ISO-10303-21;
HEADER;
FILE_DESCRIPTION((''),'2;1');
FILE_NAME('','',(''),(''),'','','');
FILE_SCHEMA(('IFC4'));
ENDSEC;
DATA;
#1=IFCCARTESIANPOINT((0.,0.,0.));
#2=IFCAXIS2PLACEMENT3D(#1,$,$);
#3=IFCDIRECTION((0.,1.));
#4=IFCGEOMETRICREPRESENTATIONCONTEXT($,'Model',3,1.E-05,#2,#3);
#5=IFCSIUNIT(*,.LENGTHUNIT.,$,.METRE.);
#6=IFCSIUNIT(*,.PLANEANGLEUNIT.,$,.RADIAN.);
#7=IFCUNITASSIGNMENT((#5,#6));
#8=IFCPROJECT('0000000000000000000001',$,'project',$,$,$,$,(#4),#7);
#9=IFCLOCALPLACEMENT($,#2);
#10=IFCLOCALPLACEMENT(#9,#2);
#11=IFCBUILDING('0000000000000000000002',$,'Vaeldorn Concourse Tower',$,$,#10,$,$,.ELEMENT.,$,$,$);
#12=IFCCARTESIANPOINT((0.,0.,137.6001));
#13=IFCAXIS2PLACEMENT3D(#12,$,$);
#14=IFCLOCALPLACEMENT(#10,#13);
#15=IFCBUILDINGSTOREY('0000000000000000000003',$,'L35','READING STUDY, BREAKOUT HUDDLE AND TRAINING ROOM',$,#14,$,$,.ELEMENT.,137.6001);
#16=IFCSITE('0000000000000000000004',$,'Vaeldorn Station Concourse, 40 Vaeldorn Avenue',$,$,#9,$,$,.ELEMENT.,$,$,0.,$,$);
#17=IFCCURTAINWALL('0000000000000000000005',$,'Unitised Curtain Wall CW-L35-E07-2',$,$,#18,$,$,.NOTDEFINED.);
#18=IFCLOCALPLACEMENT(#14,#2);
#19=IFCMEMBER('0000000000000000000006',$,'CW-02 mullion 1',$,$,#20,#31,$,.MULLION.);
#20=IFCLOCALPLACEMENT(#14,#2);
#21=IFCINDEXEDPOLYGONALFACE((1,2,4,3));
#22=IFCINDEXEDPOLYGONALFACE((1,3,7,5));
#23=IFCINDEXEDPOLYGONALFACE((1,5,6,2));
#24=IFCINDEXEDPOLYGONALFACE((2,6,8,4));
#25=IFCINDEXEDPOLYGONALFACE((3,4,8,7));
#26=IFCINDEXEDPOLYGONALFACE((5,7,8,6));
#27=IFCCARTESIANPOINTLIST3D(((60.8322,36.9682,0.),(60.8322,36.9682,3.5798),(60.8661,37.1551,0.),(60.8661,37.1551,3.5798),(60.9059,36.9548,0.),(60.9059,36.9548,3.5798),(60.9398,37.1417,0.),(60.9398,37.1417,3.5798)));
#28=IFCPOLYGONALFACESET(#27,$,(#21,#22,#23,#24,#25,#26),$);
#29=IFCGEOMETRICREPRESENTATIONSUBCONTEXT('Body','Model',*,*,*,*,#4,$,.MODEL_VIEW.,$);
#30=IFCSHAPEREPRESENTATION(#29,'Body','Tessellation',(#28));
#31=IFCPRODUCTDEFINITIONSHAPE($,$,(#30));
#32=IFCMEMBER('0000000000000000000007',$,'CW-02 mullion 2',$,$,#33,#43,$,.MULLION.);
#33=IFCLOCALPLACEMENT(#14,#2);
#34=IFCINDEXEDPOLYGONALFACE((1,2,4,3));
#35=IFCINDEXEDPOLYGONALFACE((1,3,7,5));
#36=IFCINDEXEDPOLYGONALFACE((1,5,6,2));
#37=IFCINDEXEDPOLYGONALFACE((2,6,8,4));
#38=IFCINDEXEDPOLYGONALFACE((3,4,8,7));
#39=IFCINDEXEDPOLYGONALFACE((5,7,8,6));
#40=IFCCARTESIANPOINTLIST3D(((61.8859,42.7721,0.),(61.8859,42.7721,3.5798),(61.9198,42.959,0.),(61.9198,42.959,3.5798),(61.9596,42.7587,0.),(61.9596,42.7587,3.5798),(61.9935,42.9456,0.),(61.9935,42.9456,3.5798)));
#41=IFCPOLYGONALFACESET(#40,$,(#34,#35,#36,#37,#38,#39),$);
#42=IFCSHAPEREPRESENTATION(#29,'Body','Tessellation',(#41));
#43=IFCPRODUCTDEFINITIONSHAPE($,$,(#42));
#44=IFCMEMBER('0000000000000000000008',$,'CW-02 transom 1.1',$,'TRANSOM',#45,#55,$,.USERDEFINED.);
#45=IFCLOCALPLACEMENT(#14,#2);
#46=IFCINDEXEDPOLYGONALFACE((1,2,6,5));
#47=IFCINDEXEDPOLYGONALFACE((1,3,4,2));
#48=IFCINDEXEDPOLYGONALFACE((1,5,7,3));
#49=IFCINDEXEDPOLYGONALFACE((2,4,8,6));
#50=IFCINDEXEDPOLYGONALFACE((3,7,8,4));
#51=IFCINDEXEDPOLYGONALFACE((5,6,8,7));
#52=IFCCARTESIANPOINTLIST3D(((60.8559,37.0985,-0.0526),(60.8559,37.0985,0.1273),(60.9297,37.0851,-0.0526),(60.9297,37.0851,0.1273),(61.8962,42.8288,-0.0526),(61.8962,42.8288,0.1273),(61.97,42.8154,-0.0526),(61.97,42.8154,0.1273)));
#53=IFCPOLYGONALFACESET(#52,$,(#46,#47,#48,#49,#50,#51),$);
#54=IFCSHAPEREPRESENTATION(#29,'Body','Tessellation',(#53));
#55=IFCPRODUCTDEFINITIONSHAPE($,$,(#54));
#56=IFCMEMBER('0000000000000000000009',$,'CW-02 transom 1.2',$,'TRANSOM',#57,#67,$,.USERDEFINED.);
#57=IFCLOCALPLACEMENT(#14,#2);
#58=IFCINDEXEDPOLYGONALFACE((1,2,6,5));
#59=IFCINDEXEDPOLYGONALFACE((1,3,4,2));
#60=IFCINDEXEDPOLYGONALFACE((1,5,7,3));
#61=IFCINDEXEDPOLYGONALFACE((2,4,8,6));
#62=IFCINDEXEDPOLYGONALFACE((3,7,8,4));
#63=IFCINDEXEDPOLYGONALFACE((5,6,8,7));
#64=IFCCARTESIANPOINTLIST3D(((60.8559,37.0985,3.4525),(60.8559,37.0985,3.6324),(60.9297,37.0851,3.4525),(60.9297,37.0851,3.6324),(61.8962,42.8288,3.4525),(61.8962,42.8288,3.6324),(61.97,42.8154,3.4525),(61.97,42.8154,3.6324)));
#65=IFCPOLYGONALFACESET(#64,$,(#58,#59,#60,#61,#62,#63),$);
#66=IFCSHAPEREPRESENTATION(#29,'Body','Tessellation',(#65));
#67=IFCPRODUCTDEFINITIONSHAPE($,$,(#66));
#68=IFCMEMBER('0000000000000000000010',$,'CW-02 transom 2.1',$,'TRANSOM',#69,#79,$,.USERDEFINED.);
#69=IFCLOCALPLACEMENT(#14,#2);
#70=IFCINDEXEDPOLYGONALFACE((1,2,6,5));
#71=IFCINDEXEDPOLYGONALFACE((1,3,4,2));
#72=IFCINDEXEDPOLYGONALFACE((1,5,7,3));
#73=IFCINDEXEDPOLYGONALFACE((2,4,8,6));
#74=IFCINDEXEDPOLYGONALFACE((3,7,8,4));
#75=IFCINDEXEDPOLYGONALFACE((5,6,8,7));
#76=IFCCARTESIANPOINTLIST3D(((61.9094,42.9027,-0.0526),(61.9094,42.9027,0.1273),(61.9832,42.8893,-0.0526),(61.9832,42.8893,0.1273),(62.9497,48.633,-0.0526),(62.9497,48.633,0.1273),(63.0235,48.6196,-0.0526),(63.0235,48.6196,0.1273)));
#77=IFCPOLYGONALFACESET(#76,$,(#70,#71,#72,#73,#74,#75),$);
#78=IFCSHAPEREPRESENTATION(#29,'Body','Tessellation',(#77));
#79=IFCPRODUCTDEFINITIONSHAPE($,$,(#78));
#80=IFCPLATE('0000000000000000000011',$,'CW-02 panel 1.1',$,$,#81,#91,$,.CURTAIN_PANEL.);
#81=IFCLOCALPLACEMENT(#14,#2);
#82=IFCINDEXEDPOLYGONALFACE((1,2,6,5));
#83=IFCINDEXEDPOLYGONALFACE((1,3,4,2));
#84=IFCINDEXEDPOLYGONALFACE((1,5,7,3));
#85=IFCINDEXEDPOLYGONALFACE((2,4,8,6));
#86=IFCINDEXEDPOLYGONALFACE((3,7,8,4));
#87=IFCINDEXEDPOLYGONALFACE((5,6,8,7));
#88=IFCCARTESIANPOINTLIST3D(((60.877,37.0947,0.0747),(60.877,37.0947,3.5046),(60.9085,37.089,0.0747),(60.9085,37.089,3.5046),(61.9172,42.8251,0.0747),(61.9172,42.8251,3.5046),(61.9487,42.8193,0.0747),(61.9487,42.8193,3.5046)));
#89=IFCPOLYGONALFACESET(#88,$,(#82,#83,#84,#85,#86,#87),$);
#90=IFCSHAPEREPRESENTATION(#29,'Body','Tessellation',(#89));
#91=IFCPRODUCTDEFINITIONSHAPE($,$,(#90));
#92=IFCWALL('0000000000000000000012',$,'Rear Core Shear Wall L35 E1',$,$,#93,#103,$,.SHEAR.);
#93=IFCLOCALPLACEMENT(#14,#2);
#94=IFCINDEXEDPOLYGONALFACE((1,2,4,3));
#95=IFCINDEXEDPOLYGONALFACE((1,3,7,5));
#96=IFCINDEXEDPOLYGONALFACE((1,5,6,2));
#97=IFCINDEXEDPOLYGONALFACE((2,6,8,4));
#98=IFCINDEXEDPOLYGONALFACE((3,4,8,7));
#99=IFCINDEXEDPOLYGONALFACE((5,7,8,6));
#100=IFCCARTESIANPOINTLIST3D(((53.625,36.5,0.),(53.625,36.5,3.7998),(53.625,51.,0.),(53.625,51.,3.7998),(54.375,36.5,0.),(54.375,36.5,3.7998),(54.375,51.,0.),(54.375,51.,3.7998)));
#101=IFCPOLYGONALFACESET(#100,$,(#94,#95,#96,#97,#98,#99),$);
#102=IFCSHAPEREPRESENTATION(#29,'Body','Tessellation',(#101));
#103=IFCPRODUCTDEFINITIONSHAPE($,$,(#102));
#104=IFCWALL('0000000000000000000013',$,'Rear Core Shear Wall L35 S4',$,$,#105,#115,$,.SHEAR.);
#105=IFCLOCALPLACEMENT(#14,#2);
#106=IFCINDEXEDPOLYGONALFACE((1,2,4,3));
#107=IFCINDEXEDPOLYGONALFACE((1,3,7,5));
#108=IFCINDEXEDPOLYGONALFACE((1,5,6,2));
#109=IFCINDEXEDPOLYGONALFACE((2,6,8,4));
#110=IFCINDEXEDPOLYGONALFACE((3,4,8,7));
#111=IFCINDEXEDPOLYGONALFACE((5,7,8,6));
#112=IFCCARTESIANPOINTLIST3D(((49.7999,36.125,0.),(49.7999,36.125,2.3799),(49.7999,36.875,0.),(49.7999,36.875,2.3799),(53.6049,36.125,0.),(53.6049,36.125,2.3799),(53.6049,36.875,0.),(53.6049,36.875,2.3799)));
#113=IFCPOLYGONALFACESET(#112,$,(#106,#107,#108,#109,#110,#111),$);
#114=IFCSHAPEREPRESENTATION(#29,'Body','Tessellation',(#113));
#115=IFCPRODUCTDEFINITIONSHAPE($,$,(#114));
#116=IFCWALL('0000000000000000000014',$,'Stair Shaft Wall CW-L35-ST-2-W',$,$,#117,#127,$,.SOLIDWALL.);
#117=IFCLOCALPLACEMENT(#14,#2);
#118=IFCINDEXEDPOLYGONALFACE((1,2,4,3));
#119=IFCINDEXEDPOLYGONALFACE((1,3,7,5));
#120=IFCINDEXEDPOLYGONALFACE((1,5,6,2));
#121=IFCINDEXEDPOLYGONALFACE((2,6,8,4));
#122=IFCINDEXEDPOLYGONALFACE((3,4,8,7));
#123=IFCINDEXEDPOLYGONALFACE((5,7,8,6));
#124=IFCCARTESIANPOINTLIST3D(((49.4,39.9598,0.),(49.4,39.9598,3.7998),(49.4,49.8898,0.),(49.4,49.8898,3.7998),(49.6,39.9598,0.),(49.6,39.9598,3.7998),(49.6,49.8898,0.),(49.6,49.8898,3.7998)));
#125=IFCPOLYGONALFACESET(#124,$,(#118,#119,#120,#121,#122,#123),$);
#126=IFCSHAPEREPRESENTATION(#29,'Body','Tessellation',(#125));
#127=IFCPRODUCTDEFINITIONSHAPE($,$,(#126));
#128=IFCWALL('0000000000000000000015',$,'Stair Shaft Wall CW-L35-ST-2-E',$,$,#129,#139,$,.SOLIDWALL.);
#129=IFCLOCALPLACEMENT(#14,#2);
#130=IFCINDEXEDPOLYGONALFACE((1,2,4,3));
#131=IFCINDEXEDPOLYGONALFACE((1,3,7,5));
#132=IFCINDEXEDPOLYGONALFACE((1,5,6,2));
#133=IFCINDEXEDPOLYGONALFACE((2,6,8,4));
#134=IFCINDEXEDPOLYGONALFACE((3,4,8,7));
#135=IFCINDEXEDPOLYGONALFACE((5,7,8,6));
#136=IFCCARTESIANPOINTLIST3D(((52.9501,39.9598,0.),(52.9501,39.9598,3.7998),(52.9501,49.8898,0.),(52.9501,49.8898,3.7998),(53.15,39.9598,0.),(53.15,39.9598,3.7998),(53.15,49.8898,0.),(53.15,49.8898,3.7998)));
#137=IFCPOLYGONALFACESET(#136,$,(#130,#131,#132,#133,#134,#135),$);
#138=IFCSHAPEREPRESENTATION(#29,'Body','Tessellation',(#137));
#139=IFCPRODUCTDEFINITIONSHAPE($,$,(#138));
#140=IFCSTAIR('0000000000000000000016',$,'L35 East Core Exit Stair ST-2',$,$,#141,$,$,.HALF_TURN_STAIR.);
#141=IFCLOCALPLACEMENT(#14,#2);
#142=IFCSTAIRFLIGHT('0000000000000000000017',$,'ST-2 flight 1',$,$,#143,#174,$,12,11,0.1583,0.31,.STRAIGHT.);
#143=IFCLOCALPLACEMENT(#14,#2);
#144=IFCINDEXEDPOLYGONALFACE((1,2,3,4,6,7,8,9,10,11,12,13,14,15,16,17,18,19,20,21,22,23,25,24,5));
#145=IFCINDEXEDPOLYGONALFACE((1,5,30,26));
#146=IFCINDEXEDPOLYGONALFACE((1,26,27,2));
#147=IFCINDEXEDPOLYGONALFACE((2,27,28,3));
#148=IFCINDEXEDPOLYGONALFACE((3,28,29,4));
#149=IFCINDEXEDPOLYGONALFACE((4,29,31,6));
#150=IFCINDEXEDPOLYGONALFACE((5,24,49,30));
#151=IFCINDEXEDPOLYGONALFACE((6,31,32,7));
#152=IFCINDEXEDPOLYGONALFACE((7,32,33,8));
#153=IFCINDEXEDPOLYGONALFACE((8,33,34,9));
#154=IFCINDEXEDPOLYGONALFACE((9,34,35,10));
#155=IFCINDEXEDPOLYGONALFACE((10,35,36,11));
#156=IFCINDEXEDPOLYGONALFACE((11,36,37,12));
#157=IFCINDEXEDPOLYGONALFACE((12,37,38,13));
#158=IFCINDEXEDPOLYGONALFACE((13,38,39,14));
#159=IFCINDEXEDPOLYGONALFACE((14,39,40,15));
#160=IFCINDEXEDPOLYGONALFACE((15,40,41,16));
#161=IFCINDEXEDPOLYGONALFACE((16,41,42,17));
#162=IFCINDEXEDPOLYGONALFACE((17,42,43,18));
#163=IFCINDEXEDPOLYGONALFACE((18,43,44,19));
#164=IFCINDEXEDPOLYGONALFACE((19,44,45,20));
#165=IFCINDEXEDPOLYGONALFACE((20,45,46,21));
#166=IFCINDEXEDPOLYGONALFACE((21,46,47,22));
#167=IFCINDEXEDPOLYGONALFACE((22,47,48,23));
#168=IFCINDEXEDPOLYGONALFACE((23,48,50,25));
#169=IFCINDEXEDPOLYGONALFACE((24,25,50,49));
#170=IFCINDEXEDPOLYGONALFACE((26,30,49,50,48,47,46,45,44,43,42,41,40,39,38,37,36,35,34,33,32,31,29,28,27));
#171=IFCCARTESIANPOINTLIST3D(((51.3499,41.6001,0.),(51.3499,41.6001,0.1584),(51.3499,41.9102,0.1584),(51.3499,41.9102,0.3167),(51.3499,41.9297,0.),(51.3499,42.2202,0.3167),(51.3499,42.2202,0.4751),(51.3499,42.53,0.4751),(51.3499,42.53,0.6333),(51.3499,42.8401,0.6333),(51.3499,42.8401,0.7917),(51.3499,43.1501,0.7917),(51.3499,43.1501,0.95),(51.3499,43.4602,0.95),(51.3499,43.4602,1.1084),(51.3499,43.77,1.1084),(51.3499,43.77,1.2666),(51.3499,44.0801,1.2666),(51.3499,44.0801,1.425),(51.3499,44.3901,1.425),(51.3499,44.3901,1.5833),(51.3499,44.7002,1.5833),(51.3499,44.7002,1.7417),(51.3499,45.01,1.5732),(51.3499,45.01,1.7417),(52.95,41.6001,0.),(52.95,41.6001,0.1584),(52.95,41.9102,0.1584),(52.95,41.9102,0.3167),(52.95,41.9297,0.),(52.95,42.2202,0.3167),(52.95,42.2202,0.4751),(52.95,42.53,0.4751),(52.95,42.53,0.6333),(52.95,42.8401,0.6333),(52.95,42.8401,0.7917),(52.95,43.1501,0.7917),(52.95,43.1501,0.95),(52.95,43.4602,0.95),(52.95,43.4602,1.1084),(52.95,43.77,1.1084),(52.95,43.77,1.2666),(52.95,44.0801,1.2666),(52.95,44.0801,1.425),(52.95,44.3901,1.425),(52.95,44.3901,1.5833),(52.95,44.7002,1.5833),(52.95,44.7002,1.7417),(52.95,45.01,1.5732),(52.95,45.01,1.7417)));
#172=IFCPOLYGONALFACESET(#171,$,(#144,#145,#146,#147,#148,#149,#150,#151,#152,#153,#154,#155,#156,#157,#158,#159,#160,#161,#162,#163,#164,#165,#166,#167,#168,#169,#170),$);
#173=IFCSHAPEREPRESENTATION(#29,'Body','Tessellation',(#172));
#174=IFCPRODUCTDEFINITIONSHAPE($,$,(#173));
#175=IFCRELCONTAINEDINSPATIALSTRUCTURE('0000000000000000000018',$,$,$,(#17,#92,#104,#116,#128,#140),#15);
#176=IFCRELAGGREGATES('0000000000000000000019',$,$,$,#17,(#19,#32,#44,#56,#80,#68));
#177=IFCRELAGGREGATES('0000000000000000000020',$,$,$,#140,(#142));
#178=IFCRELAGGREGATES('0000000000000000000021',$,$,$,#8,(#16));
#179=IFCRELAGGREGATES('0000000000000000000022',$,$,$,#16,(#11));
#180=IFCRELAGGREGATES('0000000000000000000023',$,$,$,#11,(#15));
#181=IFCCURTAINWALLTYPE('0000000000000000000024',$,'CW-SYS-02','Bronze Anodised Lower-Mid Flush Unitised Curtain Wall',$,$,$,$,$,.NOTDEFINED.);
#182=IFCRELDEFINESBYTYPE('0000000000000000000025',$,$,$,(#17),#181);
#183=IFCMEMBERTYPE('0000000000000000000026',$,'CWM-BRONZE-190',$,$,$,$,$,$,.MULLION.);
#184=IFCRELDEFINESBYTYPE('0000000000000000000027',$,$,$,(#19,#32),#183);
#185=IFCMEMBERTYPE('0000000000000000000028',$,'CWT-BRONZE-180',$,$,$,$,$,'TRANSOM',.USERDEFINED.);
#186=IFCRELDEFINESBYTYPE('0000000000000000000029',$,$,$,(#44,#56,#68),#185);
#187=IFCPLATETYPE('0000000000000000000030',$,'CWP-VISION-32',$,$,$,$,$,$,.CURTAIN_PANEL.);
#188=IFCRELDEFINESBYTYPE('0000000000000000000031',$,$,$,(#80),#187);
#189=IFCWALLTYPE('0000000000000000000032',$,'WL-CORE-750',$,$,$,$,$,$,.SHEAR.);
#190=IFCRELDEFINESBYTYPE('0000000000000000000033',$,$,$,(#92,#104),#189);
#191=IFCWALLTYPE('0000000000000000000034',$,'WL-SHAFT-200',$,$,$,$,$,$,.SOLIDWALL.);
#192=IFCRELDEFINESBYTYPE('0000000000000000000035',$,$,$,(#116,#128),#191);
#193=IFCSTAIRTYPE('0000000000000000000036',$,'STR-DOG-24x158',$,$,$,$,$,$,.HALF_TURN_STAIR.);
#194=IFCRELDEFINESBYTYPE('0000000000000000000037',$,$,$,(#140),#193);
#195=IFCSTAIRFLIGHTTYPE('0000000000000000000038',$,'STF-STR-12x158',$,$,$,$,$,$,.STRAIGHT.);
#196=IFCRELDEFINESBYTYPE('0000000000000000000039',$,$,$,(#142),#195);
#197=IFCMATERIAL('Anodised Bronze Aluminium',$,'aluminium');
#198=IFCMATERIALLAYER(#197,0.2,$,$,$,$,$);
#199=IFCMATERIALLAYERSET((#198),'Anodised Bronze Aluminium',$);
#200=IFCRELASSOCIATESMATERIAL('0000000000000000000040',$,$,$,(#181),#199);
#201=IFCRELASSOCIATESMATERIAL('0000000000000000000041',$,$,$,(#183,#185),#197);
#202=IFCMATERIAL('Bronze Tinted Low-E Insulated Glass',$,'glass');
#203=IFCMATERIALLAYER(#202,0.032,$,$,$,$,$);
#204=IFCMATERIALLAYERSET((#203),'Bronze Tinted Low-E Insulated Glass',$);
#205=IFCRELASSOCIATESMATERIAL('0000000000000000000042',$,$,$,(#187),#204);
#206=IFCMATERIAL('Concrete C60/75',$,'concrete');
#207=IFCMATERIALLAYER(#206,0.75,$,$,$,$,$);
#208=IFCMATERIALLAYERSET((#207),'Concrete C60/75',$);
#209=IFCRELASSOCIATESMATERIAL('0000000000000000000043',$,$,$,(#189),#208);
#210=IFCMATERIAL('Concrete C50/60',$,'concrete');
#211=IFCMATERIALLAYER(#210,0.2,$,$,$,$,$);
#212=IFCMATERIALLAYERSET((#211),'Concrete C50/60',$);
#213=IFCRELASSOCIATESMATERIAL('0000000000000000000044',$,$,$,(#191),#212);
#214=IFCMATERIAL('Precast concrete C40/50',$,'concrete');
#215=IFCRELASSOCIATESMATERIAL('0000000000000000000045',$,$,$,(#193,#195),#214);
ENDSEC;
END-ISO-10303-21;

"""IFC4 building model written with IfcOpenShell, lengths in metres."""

from ifc_helpers import new_model, si_unit, direction, frame, frame_2d, origin, origin_2d, place, context, subcontext, project, spatial, polyline, rectangle, outline, extrude, source, transform, mapped, material, layer, layer_set, material_profile, profile_set, type_object, element, aggregate, save


model = new_model("IFC4")

# Units and contexts
model_context = context("Model", 3, precision=1e-05, world=origin(), true_north=direction((0.0, 1.0)))
body_context = subcontext(model_context, "Body", "Model", "MODEL_VIEW")
ifc_project = project(units=[si_unit("LENGTHUNIT", "METRE"), si_unit("PLANEANGLEUNIT", "RADIAN")], contexts=[model_context])

# Site, building, storey
site_placement = place(None, origin())
site = spatial("IfcSite", under=ifc_project, at=site_placement, Name="Vaeldorn Station Concourse, 40 Vaeldorn Avenue", CompositionType="ELEMENT", RefElevation=0.0)
building_placement = place(site_placement, origin())
building = spatial("IfcBuilding", under=site, at=building_placement, Name="Vaeldorn Concourse Tower", CompositionType="ELEMENT")
storey_placement = place(building_placement, frame((0.0, 0.0, 137.6001)))
storey = spatial("IfcBuildingStorey", under=building, at=storey_placement, Name="L35", Description="READING STUDY, BREAKOUT HUDDLE AND TRAINING ROOM", CompositionType="ELEMENT", Elevation=137.6001)

# Shared definitions
ifc_material_1 = material(Name="Concrete C50/60", Category="concrete")

# Curtain wall, members, plate
ifc_material_2 = material(Name="Anodised Bronze Aluminium", Category="aluminium")
ifc_layer_1 = layer(ifc_material_2, 0.2)
ifc_layer_set_1 = layer_set([ifc_layer_1], Name="Anodised Bronze Aluminium")
curtain_wall_type = type_object("IfcCurtainWallType", Name="CW-SYS-02", Description="Bronze Anodised Lower-Mid Flush Unitised Curtain Wall", PredefinedType="NOTDEFINED", material=ifc_layer_set_1)
curtain_wall_placement = place(storey_placement, origin())
curtain_wall = element("IfcCurtainWall", 1, at=curtain_wall_placement, inside=storey, type_object=curtain_wall_type, Name="Unitised Curtain Wall CW-L35-E07-2", PredefinedType="NOTDEFINED")
ifc_material_profile_1 = material_profile(ifc_material_2, rectangle(XDim=0.075, YDim=0.1899, at=origin_2d()), Name="CWM 75x190")
ifc_profile_set_1 = profile_set([ifc_material_profile_1], Name="Anodised Bronze Aluminium")
member_type_1 = type_object("IfcMemberType", Name="CWM-BRONZE-190", PredefinedType="MULLION", material=ifc_profile_set_1)
shared_shape_1 = source(origin(), body_context, "Body", "SweptSolid", [
    extrude(rectangle(XDim=0.075, YDim=0.1899, at=origin_2d()), origin(), (0.0, 0.0, 1.0), 3.5798),
])
member_1_placement = place(storey_placement, frame((60.886, 37.0549, 0.0), z_axis=(0.0, 0.0, 1.0), x_axis=(-0.98392, 0.178608, 0.0)))
member_1 = element("IfcMember", 2, at=member_1_placement, type_object=member_type_1, Name="CW-02 mullion 1", PredefinedType="MULLION", context=body_context, shape_type="MappedRepresentation", body=[
    mapped(shared_shape_1, transform((0.0, 0.0, 0.0), scale=1.0)),
])
member_2_placement = place(storey_placement, frame((61.9397, 42.8589, 0.0), z_axis=(0.0, 0.0, 1.0), x_axis=(-0.98392, 0.178608, 0.0)))
member_2 = element("IfcMember", 3, at=member_2_placement, type_object=member_type_1, Name="CW-02 mullion 2", PredefinedType="MULLION", context=body_context, shape_type="MappedRepresentation", body=[
    mapped(shared_shape_1, transform((0.0, 0.0, 0.0), scale=1.0)),
])
ifc_material_profile_2 = material_profile(ifc_material_2, rectangle(XDim=0.075, YDim=0.1799, at=origin_2d()), Name="CWT 75x180")
ifc_profile_set_2 = profile_set([ifc_material_profile_2], Name="Anodised Bronze Aluminium")
member_type_2 = type_object("IfcMemberType", Name="CWT-BRONZE-180", ElementType="TRANSOM", PredefinedType="USERDEFINED", material=ifc_profile_set_2)
shared_shape_2 = source(origin(), body_context, "Body", "SweptSolid", [
    extrude(rectangle(XDim=0.075, YDim=0.1799, at=origin_2d()), origin(), (0.0, 0.0, 1.0), 5.824),
])
member_3_placement = place(storey_placement, frame((60.8928, 37.0918, 0.0374), z_axis=(0.178624, 0.983917, 0.0), x_axis=(-0.983917, 0.178624, 0.0)))
member_3 = element("IfcMember", 4, at=member_3_placement, type_object=member_type_2, Name="CW-02 transom 1.1", ObjectType="TRANSOM", PredefinedType="USERDEFINED", context=body_context, shape_type="MappedRepresentation", body=[
    mapped(shared_shape_2, transform((0.0, 0.0, 0.0), scale=1.0)),
])
member_4_placement = place(storey_placement, frame((60.8928, 37.0918, 3.5425), z_axis=(0.178624, 0.983917, 0.0), x_axis=(-0.983917, 0.178624, 0.0)))
member_4 = element("IfcMember", 5, at=member_4_placement, type_object=member_type_2, Name="CW-02 transom 1.2", ObjectType="TRANSOM", PredefinedType="USERDEFINED", context=body_context, shape_type="MappedRepresentation", body=[
    mapped(shared_shape_2, transform((0.0, 0.0, 0.0), scale=1.0)),
])
member_5_placement = place(storey_placement, frame((61.9463, 42.896, 0.0374), z_axis=(0.178624, 0.983917, 0.0), x_axis=(-0.983917, 0.178624, 0.0)))
member_5 = element("IfcMember", 6, at=member_5_placement, type_object=member_type_2, Name="CW-02 transom 2.1", ObjectType="TRANSOM", PredefinedType="USERDEFINED", context=body_context, shape_type="MappedRepresentation", body=[
    mapped(shared_shape_2, transform((0.0, 0.0, 0.0), scale=1.0)),
])
ifc_material_3 = material(Name="Bronze Tinted Low-E Insulated Glass", Category="glass")
ifc_layer_2 = layer(ifc_material_3, 0.032)
ifc_layer_set_2 = layer_set([ifc_layer_2], Name="Bronze Tinted Low-E Insulated Glass")
plate_type = type_object("IfcPlateType", Name="CWP-VISION-32", PredefinedType="CURTAIN_PANEL", material=ifc_layer_set_2)
shared_shape_3 = source(origin(), body_context, "Body", "SweptSolid", [
    extrude(rectangle(XDim=5.824, YDim=0.032, at=origin_2d()), origin(), (0.0, 0.0, 1.0), 3.4299),
])
plate_placement = place(storey_placement, frame((61.4128, 39.957, 0.0747), z_axis=(0.0, 0.0, 1.0), x_axis=(0.178608, 0.98392, 0.0)))
plate = element("IfcPlate", 7, at=plate_placement, type_object=plate_type, Name="CW-02 panel 1.1", PredefinedType="CURTAIN_PANEL", context=body_context, shape_type="MappedRepresentation", body=[
    mapped(shared_shape_3, transform((0.0, 0.0, 0.0), scale=1.0)),
])
aggregate(curtain_wall, [member_1, member_2, member_3, member_4, plate, member_5])

# Walls
ifc_material_4 = material(Name="Concrete C60/75", Category="concrete")
ifc_layer_3 = layer(ifc_material_4, 0.75)
ifc_layer_set_3 = layer_set([ifc_layer_3], Name="Concrete C60/75")
wall_type_1 = type_object("IfcWallType", Name="WL-CORE-750", PredefinedType="SHEAR", material=ifc_layer_set_3)
wall_1_placement = place(storey_placement, frame((54.0, 36.5, 0.0), z_axis=(0.0, 0.0, 1.0), x_axis=(0.0, 1.0, 0.0)))
element("IfcWall", 8, at=wall_1_placement, inside=storey, type_object=wall_type_1, Name="Rear Core Shear Wall L35 E1", PredefinedType="SHEAR", context=body_context, shape_type="SweptSolid", body=[
    extrude(rectangle(XDim=14.5, YDim=0.75, at=frame_2d((7.25, 0.0))), origin(), (0.0, 0.0, 1.0), 3.7998),
])
wall_2_placement = place(storey_placement, frame((49.8, 36.5, 0.0), z_axis=(0.0, 0.0, 1.0), x_axis=(1.0, 0.0, 0.0)))
element("IfcWall", 9, at=wall_2_placement, inside=storey, type_object=wall_type_1, Name="Rear Core Shear Wall L35 S4", PredefinedType="SHEAR", context=body_context, shape_type="SweptSolid", body=[
    extrude(rectangle(XDim=3.8049, YDim=0.75, at=frame_2d((1.9023, 0.0))), origin(), (0.0, 0.0, 1.0), 2.3799),
])

# Shared definitions
ifc_layer_4 = layer(ifc_material_1, 0.2)
ifc_layer_set_4 = layer_set([ifc_layer_4], Name="Concrete C50/60")
wall_type_2 = type_object("IfcWallType", Name="WL-SHAFT-200", PredefinedType="SOLIDWALL", material=ifc_layer_set_4)

# Walls
for number, where, z_axis, x_axis, name in (
    (10, (49.5, 39.96, 0.0), (0.0, 0.0, 1.0), (0.0, 1.0, 0.0), "Stair Shaft Wall CW-L35-ST-2-W"),
    (11, (53.05, 39.96, 0.0), (0.0, 0.0, 1.0), (0.0, 1.0, 0.0), "Stair Shaft Wall CW-L35-ST-2-E"),
):
    element("IfcWall", number, at=place(storey_placement, frame(where, z_axis=z_axis, x_axis=x_axis)), inside=storey, type_object=wall_type_2, Name=name, PredefinedType="SOLIDWALL", context=body_context, shape_type="SweptSolid", body=[
        extrude(rectangle(XDim=9.9299, YDim=0.2, at=frame_2d((4.9648, 0.0))), origin(), (0.0, 0.0, 1.0), 3.7998),
    ])

# Stair, stair flight
ifc_material_5 = material(Name="Precast concrete C40/50", Category="concrete")
stair_type = type_object("IfcStairType", Name="STR-DOG-24x158", PredefinedType="HALF_TURN_STAIR", material=ifc_material_5)
stair_placement = place(storey_placement, origin())
stair = element("IfcStair", 12, at=stair_placement, inside=storey, type_object=stair_type, Name="L35 East Core Exit Stair ST-2", PredefinedType="HALF_TURN_STAIR")
stair_flight_type = type_object("IfcStairFlightType", Name="STF-STR-12x158", PredefinedType="STRAIGHT", material=ifc_material_5)
stair_flight_placement = place(storey_placement, frame((52.1499, 41.6001, 0.0), z_axis=(0.0, 0.0, 1.0), x_axis=(0.0, 1.0, 0.0)))
stair_flight = element("IfcStairFlight", 13, at=stair_flight_placement, type_object=stair_flight_type, Name="ST-2 flight 1", NumberOfRisers=12, NumberOfTreads=11, PredefinedType="STRAIGHT", RiserHeight=0.1583, TreadLength=0.31, context=body_context, shape_type="SweptSolid", body=[
    extrude(outline(polyline([(0.0, 0.0), (0.0, 0.1584), (0.3101, 0.1584), (0.3101, 0.3167), (0.6201, 0.3167), (0.6201, 0.4751), (0.9299, 0.4751), (0.9299, 0.6333), (1.24, 0.6333), (1.24, 0.7917), (1.55, 0.7917), (1.55, 0.95), (1.8601, 0.95), (1.8601, 1.1084), (2.1699, 1.1084), (2.1699, 1.2666), (2.48, 1.2666), (2.48, 1.425), (2.79, 1.425), (2.79, 1.5833), (3.1001, 1.5833), (3.1001, 1.7417), (3.4099, 1.7417), (3.4099, 1.8999), (3.4099, 1.5732), (0.3296, 0.0), (0.0, 0.0)])), frame((0.0, 0.8, 0.0), z_axis=(0.0, -1.0, 0.0), x_axis=(1.0, 0.0, 0.0)), (0.0, 0.0, 1.0), 1.6001),
])
aggregate(stair, [stair_flight])

save(model, "model.ifc")
